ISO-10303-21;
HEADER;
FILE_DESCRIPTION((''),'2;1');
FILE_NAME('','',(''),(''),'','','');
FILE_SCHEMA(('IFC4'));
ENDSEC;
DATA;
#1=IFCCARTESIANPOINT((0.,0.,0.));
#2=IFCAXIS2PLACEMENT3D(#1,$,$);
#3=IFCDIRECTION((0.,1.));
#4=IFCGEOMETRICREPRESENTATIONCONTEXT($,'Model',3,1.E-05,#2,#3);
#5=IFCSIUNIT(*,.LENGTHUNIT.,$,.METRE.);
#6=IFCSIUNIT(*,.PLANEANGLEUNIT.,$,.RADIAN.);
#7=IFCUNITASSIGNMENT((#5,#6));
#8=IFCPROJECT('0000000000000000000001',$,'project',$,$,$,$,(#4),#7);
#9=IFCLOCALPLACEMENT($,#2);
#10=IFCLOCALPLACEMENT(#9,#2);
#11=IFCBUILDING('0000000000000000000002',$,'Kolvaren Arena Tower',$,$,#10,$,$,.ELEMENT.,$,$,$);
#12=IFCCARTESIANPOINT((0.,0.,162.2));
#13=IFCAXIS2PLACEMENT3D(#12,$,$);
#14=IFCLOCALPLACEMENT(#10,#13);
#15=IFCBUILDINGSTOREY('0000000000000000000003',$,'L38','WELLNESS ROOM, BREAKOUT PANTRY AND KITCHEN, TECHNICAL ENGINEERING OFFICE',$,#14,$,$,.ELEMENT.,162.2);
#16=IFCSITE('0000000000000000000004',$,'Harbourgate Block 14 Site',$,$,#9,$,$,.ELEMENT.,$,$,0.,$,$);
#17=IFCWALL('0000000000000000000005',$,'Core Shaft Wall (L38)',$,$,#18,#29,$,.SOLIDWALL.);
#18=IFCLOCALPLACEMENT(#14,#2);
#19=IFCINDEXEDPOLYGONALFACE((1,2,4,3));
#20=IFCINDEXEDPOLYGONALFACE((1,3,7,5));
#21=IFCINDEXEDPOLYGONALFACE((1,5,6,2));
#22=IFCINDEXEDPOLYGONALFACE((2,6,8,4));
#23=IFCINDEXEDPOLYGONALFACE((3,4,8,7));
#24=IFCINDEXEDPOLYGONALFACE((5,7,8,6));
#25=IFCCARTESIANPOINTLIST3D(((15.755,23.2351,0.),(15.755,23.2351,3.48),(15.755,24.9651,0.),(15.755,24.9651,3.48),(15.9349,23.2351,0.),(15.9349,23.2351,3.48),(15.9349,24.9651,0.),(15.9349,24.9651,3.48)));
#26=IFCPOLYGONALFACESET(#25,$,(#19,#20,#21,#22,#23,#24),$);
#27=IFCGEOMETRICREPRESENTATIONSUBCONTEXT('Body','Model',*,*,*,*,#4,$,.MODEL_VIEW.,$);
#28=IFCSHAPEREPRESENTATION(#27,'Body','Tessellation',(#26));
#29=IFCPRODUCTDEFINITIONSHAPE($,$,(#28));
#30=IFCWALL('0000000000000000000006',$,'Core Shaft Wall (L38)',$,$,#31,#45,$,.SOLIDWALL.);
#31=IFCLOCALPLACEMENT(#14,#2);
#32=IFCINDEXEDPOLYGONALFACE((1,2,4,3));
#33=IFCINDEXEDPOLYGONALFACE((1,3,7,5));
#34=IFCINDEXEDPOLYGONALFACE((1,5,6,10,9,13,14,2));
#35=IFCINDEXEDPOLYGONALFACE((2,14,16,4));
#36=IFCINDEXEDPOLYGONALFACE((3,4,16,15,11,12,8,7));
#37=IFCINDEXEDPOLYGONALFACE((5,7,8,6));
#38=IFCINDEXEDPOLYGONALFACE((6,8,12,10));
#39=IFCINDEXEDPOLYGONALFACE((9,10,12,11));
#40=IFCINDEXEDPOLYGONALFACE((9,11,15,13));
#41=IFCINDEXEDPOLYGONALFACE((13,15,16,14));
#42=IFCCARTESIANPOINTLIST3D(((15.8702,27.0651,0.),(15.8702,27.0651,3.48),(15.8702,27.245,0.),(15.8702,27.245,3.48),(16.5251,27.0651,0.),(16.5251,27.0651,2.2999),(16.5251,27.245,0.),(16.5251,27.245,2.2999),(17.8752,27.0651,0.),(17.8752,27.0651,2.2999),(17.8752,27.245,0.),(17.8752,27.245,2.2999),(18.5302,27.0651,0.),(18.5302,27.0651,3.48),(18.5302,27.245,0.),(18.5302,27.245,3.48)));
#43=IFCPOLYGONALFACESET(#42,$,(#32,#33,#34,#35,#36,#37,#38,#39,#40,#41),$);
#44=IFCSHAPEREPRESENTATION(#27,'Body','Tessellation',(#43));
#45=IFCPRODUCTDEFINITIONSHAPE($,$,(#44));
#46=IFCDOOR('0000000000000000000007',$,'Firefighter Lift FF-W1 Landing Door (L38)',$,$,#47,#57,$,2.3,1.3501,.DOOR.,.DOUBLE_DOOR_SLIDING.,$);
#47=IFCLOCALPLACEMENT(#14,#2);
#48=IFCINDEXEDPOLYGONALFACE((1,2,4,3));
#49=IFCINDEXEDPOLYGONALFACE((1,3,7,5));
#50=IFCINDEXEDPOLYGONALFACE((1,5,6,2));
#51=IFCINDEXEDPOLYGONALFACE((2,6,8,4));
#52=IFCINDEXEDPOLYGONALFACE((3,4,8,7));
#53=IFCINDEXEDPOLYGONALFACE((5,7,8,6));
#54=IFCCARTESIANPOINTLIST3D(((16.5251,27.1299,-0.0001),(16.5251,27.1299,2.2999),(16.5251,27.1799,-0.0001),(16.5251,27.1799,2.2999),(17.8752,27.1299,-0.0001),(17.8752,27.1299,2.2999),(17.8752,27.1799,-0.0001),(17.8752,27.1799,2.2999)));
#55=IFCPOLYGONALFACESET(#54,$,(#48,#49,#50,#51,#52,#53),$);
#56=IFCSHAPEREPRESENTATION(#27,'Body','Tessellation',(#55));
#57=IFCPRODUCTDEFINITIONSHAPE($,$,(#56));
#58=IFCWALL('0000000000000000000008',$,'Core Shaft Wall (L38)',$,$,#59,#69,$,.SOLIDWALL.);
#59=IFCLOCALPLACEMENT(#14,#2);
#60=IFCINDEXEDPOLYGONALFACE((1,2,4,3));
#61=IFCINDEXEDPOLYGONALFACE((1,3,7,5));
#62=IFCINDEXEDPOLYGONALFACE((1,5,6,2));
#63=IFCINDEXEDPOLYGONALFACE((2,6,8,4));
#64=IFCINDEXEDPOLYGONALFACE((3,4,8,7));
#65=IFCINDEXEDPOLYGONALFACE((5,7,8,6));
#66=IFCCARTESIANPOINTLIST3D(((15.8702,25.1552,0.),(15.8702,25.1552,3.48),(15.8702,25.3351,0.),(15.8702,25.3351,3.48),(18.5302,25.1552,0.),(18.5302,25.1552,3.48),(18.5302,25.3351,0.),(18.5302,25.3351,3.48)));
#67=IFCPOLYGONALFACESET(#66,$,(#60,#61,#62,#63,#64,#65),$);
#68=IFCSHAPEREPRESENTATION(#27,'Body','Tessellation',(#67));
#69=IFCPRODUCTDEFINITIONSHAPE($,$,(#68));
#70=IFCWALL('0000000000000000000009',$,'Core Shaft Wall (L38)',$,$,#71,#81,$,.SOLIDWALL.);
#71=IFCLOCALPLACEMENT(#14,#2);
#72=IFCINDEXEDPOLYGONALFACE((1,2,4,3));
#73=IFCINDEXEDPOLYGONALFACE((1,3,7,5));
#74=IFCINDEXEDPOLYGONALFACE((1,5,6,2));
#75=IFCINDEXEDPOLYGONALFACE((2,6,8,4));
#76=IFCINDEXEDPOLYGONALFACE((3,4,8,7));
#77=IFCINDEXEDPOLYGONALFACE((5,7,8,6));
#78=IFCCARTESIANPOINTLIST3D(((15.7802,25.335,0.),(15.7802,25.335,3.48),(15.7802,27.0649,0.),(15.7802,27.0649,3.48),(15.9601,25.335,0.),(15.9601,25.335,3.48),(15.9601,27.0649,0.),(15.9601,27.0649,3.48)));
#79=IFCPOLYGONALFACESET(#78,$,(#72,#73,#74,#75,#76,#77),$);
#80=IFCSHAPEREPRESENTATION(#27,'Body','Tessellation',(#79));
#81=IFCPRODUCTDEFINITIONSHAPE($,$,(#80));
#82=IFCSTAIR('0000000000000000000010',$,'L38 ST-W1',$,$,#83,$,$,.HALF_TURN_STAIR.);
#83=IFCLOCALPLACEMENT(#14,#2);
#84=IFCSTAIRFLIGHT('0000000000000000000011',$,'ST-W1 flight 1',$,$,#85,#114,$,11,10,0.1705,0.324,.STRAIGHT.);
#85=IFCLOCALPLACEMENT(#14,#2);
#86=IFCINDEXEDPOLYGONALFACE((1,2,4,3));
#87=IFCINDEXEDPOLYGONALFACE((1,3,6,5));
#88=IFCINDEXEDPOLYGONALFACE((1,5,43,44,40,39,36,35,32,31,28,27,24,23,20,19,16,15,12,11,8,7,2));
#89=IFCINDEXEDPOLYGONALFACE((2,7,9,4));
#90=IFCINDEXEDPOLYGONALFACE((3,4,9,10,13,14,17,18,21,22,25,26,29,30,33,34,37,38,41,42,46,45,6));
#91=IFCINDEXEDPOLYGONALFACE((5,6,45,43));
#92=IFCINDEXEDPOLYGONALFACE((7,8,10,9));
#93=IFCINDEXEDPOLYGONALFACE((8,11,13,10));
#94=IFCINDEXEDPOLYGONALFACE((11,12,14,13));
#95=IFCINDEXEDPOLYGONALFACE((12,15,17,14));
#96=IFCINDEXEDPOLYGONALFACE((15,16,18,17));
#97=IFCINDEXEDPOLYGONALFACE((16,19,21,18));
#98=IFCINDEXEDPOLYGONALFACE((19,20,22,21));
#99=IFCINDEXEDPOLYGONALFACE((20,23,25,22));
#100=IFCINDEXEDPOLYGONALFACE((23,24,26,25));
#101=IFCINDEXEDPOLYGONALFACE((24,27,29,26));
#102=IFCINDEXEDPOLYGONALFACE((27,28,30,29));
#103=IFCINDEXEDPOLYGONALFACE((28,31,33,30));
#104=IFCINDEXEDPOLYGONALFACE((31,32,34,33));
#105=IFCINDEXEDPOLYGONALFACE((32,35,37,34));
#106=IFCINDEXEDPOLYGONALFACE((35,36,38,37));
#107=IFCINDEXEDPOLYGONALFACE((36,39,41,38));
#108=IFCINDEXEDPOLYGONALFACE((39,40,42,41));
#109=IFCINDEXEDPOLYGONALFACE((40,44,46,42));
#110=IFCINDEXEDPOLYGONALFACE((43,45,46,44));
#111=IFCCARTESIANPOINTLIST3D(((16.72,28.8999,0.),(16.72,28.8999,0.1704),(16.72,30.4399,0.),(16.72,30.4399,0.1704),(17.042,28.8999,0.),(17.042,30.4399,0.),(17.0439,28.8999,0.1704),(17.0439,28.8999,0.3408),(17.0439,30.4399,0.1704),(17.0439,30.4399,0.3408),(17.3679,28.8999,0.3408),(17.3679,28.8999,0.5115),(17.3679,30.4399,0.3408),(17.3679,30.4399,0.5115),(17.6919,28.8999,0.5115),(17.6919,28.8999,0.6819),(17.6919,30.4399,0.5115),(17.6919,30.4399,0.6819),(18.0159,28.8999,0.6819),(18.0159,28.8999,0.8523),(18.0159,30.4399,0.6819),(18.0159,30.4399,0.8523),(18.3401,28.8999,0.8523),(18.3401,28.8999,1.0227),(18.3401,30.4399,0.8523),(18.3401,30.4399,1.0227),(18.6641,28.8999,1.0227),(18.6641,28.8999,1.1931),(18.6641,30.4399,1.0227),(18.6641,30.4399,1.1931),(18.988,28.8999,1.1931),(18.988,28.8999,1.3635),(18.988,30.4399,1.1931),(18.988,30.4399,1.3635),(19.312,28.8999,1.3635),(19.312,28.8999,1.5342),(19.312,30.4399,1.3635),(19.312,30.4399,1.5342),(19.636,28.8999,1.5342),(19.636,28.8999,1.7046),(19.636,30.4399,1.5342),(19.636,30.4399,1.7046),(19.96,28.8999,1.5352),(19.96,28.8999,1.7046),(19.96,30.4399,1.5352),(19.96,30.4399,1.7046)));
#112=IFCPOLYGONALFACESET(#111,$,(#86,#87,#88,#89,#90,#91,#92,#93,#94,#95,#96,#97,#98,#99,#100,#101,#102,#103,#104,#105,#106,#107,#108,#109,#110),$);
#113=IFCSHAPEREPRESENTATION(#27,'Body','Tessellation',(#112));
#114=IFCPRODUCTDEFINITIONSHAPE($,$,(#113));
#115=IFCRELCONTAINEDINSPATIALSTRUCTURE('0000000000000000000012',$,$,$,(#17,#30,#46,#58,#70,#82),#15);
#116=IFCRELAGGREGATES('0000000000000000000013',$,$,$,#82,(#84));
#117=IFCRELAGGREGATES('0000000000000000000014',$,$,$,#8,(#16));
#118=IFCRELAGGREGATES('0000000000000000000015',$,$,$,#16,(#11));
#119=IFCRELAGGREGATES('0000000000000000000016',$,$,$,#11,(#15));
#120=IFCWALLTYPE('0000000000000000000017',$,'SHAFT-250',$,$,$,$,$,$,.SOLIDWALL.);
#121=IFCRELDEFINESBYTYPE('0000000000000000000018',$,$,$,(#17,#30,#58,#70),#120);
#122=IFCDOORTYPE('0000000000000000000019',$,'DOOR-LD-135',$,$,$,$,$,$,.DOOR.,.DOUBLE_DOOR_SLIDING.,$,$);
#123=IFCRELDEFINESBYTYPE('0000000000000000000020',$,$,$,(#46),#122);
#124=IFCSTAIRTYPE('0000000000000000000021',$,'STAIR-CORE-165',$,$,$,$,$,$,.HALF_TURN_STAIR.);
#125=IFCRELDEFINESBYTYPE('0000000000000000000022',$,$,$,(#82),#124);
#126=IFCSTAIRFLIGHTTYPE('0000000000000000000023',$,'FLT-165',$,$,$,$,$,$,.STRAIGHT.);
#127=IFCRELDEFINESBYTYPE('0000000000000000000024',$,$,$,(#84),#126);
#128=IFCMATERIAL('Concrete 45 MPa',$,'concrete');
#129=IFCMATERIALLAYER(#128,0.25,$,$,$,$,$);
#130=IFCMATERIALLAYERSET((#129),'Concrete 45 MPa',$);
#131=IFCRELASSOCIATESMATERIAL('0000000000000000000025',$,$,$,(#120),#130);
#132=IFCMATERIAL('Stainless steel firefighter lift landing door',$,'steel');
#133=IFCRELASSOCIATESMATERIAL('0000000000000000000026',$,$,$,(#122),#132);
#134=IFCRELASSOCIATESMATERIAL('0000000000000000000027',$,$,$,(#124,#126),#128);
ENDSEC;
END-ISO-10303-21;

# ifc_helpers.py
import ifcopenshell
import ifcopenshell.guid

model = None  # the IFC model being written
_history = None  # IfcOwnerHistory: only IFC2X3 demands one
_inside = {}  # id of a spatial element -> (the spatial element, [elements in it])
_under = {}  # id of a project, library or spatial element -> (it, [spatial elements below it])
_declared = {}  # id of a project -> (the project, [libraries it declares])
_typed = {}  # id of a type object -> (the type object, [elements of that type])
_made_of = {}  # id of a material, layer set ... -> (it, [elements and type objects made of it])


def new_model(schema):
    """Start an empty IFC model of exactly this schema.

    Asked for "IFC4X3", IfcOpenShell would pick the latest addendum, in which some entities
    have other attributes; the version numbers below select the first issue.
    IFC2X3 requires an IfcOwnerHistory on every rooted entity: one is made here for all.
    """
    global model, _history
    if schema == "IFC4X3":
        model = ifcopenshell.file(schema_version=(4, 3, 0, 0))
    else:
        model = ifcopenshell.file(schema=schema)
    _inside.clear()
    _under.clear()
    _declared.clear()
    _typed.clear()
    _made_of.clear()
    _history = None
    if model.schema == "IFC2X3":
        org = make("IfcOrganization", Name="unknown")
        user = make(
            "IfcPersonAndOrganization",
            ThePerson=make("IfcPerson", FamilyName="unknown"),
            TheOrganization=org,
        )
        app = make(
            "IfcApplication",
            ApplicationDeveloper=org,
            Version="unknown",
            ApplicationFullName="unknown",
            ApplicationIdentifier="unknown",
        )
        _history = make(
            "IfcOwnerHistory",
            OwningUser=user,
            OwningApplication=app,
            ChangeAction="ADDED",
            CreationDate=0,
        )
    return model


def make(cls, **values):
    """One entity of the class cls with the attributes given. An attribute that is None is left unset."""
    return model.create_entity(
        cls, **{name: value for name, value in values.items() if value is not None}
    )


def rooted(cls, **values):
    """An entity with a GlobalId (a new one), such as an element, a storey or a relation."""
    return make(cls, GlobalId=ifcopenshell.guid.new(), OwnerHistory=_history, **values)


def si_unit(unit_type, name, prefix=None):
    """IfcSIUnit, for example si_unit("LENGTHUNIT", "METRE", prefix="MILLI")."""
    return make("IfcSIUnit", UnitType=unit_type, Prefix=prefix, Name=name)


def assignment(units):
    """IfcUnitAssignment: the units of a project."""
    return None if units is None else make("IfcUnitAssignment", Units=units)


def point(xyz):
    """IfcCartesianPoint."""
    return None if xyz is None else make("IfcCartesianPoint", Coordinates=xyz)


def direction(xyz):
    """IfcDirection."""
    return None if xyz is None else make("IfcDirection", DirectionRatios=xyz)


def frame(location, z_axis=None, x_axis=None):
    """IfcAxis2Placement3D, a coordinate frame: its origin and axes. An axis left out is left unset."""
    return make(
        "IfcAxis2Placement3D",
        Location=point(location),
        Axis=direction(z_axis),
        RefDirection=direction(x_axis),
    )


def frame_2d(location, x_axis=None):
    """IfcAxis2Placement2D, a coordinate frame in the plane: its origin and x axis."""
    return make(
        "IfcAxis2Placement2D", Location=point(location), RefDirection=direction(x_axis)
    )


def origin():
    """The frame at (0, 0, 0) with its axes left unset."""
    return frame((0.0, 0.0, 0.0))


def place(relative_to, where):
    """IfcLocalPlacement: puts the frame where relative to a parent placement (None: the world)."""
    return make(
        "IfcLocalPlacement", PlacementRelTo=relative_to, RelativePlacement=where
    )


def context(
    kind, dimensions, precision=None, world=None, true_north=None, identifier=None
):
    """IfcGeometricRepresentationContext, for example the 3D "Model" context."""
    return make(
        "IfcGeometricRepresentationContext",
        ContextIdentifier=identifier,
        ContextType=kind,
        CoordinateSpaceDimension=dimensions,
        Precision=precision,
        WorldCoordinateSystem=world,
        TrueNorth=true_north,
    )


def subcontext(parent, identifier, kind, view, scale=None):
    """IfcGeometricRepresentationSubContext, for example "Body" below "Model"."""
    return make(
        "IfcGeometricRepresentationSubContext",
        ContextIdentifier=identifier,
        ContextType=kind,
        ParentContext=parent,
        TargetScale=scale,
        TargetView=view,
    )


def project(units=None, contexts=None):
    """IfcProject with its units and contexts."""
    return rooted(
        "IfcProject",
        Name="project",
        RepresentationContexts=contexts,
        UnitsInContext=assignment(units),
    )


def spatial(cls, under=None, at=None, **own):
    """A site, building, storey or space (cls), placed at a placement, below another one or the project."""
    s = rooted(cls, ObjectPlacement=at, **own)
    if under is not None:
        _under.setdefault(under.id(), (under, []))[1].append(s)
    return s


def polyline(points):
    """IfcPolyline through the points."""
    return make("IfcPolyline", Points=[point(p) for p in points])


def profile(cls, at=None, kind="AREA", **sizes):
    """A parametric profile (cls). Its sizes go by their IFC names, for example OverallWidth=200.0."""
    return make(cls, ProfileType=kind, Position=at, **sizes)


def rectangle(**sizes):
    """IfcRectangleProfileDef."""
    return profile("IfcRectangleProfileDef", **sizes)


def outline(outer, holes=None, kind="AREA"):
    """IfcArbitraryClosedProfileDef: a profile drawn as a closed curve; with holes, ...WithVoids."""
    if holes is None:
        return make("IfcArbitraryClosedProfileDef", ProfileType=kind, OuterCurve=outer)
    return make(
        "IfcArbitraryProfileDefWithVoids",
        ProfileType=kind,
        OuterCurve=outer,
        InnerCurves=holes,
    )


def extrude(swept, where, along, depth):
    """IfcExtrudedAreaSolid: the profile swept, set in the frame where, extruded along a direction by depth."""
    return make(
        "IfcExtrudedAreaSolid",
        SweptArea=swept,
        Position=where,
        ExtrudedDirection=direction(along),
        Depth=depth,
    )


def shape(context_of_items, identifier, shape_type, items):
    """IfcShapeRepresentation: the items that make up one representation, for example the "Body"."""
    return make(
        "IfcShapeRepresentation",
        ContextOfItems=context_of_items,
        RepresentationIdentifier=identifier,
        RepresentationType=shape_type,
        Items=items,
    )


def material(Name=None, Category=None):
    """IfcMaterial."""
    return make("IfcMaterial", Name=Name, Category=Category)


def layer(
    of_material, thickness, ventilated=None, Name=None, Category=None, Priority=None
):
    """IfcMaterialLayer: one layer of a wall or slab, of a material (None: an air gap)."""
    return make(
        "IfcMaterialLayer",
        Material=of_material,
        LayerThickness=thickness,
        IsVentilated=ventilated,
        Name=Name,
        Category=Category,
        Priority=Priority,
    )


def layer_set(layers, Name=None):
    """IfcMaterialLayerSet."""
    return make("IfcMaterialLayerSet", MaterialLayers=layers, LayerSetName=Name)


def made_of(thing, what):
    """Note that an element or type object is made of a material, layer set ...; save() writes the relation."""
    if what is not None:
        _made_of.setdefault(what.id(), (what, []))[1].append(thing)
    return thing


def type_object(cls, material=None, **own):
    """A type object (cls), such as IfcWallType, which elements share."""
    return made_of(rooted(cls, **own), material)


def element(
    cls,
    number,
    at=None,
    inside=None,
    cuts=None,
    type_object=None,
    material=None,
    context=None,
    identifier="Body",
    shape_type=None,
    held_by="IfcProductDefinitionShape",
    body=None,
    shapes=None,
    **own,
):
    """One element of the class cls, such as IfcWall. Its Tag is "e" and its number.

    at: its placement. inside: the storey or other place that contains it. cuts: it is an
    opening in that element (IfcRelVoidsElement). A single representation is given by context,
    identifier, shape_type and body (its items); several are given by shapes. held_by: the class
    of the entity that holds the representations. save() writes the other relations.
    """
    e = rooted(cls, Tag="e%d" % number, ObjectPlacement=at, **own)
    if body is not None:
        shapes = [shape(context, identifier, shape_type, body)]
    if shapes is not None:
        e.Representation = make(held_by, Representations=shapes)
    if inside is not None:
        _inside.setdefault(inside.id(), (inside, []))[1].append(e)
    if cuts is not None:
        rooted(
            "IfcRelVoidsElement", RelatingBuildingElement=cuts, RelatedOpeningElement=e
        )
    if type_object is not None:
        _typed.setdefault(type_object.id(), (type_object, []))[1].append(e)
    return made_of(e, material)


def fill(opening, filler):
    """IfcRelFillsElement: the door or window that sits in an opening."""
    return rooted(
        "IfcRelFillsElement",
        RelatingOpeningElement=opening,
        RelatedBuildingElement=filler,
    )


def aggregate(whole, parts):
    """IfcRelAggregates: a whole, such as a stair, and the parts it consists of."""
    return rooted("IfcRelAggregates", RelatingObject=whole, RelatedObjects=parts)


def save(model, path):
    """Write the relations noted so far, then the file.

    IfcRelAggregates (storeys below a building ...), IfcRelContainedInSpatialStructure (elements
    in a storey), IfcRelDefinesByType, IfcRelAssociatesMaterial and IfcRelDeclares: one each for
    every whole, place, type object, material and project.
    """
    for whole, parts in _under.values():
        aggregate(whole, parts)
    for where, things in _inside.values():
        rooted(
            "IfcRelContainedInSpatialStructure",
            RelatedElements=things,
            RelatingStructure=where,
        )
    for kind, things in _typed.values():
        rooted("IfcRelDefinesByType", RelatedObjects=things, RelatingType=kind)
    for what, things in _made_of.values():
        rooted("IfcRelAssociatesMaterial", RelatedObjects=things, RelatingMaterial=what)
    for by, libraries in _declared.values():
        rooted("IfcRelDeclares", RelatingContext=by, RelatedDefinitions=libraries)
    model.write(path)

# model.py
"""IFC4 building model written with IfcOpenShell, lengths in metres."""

from ifc_helpers import new_model, si_unit, direction, frame, frame_2d, origin, place, context, subcontext, project, spatial, polyline, rectangle, outline, extrude, material, layer, layer_set, type_object, element, fill, aggregate, save


model = new_model("IFC4")

# Units and contexts
model_context = context("Model", 3, precision=1e-05, world=origin(), true_north=direction((0.0, 1.0)))
body_context = subcontext(model_context, "Body", "Model", "MODEL_VIEW")
ifc_project = project(units=[si_unit("LENGTHUNIT", "METRE"), si_unit("PLANEANGLEUNIT", "RADIAN")], contexts=[model_context])

# Site, building, storey
site_placement = place(None, origin())
site = spatial("IfcSite", under=ifc_project, at=site_placement, Name="Harbourgate Block 14 Site", CompositionType="ELEMENT", RefElevation=0.0)
building_placement = place(site_placement, origin())
building = spatial("IfcBuilding", under=site, at=building_placement, Name="Kolvaren Arena Tower", CompositionType="ELEMENT")
storey_placement = place(building_placement, frame((0.0, 0.0, 162.2)))
storey = spatial("IfcBuildingStorey", under=building, at=storey_placement, Name="L38", Description="WELLNESS ROOM, BREAKOUT PANTRY AND KITCHEN, TECHNICAL ENGINEERING OFFICE", CompositionType="ELEMENT", Elevation=162.2)

# Shared definitions
ifc_material_1 = material(Name="Concrete 45 MPa", Category="concrete")
ifc_layer = layer(ifc_material_1, 0.25)
ifc_layer_set = layer_set([ifc_layer], Name="Concrete 45 MPa")
wall_type = type_object("IfcWallType", Name="SHAFT-250", PredefinedType="SOLIDWALL", material=ifc_layer_set)

# Wall
wall_1_placement = place(storey_placement, frame((15.845, 23.2351, 0.0), z_axis=(0.0, 0.0, 1.0), x_axis=(0.0, 1.0, 0.0)))
element("IfcWall", 1, at=wall_1_placement, inside=storey, type_object=wall_type, Name="Core Shaft Wall (L38)", PredefinedType="SOLIDWALL", context=body_context, shape_type="SweptSolid", body=[
    extrude(rectangle(XDim=1.73, YDim=0.1799, at=frame_2d((0.865, 0.0))), origin(), (0.0, 0.0, 1.0), 3.48),
])

# Wall, opening, door
wall_2_placement = place(storey_placement, frame((15.8701, 27.155, 0.0), z_axis=(0.0, 0.0, 1.0), x_axis=(1.0, 0.0, 0.0)))
wall_2 = element("IfcWall", 2, at=wall_2_placement, inside=storey, type_object=wall_type, Name="Core Shaft Wall (L38)", PredefinedType="SOLIDWALL", context=body_context, shape_type="SweptSolid", body=[
    extrude(rectangle(XDim=2.6599, YDim=0.1799, at=frame_2d((1.3301, 0.0))), origin(), (0.0, 0.0, 1.0), 3.48),
])
opening_1_placement = place(wall_2_placement, frame((0.655, 0.0, 0.0)))
opening_1 = element("IfcOpeningElement", 3, at=opening_1_placement, cuts=wall_2, PredefinedType="OPENING", context=body_context, shape_type="SweptSolid", body=[
    extrude(rectangle(XDim=1.3501, YDim=2.3, at=frame_2d((0.675, 1.1499))), frame((0.0, 0.0999, 0.0), z_axis=(0.0, -1.0, 0.0), x_axis=(1.0, 0.0, 0.0)), (0.0, 0.0, 1.0), 0.2),
])
ifc_material_2 = material(Name="Stainless steel firefighter lift landing door", Category="steel")
door_type_1 = type_object("IfcDoorType", Name="DOOR-LD-135", OperationType="DOUBLE_DOOR_SLIDING", PredefinedType="DOOR", material=ifc_material_2)
door_1_placement = place(opening_1_placement, origin())
door_1 = element("IfcDoor", 4, at=door_1_placement, inside=storey, type_object=door_type_1, Name="Firefighter Lift FF-W1 Landing Door (L38)", OperationType="DOUBLE_DOOR_SLIDING", OverallHeight=2.3, OverallWidth=1.3501, PredefinedType="DOOR", context=body_context, shape_type="SweptSolid", body=[
    extrude(rectangle(XDim=1.3501, YDim=2.3, at=frame_2d((0.675, 1.1499))), frame((0.0, 0.0249, 0.0), z_axis=(0.0, -1.0, 0.0), x_axis=(1.0, 0.0, 0.0)), (0.0, 0.0, 1.0), 0.05),
])
fill(opening_1, door_1)

# Walls
wall_3_placement = place(storey_placement, frame((15.8701, 25.2451, 0.0), z_axis=(0.0, 0.0, 1.0), x_axis=(1.0, 0.0, 0.0)))
element("IfcWall", 5, at=wall_3_placement, inside=storey, type_object=wall_type, Name="Core Shaft Wall (L38)", PredefinedType="SOLIDWALL", context=body_context, shape_type="SweptSolid", body=[
    extrude(rectangle(XDim=2.6599, YDim=0.1799, at=frame_2d((1.3301, 0.0))), origin(), (0.0, 0.0, 1.0), 3.48),
])
wall_4_placement = place(storey_placement, frame((15.8701, 25.335, 0.0), z_axis=(0.0, 0.0, 1.0), x_axis=(0.0, 1.0, 0.0)))
element("IfcWall", 6, at=wall_4_placement, inside=storey, type_object=wall_type, Name="Core Shaft Wall (L38)", PredefinedType="SOLIDWALL", context=body_context, shape_type="SweptSolid", body=[
    extrude(rectangle(XDim=1.73, YDim=0.1799, at=frame_2d((0.865, 0.0))), origin(), (0.0, 0.0, 1.0), 3.48),
])

# Stair, stair flight
stair_type = type_object("IfcStairType", Name="STAIR-CORE-165", PredefinedType="HALF_TURN_STAIR", material=ifc_material_1)
stair_placement = place(storey_placement, origin())
stair = element("IfcStair", 7, at=stair_placement, inside=storey, type_object=stair_type, Name="L38 ST-W1", PredefinedType="HALF_TURN_STAIR")
stair_flight_type = type_object("IfcStairFlightType", Name="FLT-165", PredefinedType="STRAIGHT", material=ifc_material_1)
stair_flight_placement = place(storey_placement, frame((16.72, 29.6699, 0.0), z_axis=(0.0, 0.0, 1.0), x_axis=(1.0, 0.0, 0.0)))
stair_flight = element("IfcStairFlight", 8, at=stair_flight_placement, type_object=stair_flight_type, Name="ST-W1 flight 1", NumberOfRisers=11, NumberOfTreads=10, PredefinedType="STRAIGHT", RiserHeight=0.1705, TreadLength=0.324, context=body_context, shape_type="SweptSolid", body=[
    extrude(outline(polyline([(0.0, 0.0), (0.0, 0.1704), (0.324, 0.1704), (0.324, 0.3408), (0.6479, 0.3408), (0.6479, 0.5115), (0.9719, 0.5115), (0.9719, 0.6819), (1.2959, 0.6819), (1.2959, 0.8523), (1.6201, 0.8523), (1.6201, 1.0227), (1.9441, 1.0227), (1.9441, 1.1931), (2.2681, 1.1931), (2.2681, 1.3635), (2.592, 1.3635), (2.592, 1.5342), (2.916, 1.5342), (2.916, 1.7046), (3.24, 1.7046), (3.24, 1.875), (3.24, 1.5352), (0.322, 0.0), (0.0, 0.0)])), frame((0.0, 0.77, 0.0), z_axis=(0.0, -1.0, 0.0), x_axis=(1.0, 0.0, 0.0)), (0.0, 0.0, 1.0), 1.54),
])
aggregate(stair, [stair_flight])

save(model, "model.ifc")
